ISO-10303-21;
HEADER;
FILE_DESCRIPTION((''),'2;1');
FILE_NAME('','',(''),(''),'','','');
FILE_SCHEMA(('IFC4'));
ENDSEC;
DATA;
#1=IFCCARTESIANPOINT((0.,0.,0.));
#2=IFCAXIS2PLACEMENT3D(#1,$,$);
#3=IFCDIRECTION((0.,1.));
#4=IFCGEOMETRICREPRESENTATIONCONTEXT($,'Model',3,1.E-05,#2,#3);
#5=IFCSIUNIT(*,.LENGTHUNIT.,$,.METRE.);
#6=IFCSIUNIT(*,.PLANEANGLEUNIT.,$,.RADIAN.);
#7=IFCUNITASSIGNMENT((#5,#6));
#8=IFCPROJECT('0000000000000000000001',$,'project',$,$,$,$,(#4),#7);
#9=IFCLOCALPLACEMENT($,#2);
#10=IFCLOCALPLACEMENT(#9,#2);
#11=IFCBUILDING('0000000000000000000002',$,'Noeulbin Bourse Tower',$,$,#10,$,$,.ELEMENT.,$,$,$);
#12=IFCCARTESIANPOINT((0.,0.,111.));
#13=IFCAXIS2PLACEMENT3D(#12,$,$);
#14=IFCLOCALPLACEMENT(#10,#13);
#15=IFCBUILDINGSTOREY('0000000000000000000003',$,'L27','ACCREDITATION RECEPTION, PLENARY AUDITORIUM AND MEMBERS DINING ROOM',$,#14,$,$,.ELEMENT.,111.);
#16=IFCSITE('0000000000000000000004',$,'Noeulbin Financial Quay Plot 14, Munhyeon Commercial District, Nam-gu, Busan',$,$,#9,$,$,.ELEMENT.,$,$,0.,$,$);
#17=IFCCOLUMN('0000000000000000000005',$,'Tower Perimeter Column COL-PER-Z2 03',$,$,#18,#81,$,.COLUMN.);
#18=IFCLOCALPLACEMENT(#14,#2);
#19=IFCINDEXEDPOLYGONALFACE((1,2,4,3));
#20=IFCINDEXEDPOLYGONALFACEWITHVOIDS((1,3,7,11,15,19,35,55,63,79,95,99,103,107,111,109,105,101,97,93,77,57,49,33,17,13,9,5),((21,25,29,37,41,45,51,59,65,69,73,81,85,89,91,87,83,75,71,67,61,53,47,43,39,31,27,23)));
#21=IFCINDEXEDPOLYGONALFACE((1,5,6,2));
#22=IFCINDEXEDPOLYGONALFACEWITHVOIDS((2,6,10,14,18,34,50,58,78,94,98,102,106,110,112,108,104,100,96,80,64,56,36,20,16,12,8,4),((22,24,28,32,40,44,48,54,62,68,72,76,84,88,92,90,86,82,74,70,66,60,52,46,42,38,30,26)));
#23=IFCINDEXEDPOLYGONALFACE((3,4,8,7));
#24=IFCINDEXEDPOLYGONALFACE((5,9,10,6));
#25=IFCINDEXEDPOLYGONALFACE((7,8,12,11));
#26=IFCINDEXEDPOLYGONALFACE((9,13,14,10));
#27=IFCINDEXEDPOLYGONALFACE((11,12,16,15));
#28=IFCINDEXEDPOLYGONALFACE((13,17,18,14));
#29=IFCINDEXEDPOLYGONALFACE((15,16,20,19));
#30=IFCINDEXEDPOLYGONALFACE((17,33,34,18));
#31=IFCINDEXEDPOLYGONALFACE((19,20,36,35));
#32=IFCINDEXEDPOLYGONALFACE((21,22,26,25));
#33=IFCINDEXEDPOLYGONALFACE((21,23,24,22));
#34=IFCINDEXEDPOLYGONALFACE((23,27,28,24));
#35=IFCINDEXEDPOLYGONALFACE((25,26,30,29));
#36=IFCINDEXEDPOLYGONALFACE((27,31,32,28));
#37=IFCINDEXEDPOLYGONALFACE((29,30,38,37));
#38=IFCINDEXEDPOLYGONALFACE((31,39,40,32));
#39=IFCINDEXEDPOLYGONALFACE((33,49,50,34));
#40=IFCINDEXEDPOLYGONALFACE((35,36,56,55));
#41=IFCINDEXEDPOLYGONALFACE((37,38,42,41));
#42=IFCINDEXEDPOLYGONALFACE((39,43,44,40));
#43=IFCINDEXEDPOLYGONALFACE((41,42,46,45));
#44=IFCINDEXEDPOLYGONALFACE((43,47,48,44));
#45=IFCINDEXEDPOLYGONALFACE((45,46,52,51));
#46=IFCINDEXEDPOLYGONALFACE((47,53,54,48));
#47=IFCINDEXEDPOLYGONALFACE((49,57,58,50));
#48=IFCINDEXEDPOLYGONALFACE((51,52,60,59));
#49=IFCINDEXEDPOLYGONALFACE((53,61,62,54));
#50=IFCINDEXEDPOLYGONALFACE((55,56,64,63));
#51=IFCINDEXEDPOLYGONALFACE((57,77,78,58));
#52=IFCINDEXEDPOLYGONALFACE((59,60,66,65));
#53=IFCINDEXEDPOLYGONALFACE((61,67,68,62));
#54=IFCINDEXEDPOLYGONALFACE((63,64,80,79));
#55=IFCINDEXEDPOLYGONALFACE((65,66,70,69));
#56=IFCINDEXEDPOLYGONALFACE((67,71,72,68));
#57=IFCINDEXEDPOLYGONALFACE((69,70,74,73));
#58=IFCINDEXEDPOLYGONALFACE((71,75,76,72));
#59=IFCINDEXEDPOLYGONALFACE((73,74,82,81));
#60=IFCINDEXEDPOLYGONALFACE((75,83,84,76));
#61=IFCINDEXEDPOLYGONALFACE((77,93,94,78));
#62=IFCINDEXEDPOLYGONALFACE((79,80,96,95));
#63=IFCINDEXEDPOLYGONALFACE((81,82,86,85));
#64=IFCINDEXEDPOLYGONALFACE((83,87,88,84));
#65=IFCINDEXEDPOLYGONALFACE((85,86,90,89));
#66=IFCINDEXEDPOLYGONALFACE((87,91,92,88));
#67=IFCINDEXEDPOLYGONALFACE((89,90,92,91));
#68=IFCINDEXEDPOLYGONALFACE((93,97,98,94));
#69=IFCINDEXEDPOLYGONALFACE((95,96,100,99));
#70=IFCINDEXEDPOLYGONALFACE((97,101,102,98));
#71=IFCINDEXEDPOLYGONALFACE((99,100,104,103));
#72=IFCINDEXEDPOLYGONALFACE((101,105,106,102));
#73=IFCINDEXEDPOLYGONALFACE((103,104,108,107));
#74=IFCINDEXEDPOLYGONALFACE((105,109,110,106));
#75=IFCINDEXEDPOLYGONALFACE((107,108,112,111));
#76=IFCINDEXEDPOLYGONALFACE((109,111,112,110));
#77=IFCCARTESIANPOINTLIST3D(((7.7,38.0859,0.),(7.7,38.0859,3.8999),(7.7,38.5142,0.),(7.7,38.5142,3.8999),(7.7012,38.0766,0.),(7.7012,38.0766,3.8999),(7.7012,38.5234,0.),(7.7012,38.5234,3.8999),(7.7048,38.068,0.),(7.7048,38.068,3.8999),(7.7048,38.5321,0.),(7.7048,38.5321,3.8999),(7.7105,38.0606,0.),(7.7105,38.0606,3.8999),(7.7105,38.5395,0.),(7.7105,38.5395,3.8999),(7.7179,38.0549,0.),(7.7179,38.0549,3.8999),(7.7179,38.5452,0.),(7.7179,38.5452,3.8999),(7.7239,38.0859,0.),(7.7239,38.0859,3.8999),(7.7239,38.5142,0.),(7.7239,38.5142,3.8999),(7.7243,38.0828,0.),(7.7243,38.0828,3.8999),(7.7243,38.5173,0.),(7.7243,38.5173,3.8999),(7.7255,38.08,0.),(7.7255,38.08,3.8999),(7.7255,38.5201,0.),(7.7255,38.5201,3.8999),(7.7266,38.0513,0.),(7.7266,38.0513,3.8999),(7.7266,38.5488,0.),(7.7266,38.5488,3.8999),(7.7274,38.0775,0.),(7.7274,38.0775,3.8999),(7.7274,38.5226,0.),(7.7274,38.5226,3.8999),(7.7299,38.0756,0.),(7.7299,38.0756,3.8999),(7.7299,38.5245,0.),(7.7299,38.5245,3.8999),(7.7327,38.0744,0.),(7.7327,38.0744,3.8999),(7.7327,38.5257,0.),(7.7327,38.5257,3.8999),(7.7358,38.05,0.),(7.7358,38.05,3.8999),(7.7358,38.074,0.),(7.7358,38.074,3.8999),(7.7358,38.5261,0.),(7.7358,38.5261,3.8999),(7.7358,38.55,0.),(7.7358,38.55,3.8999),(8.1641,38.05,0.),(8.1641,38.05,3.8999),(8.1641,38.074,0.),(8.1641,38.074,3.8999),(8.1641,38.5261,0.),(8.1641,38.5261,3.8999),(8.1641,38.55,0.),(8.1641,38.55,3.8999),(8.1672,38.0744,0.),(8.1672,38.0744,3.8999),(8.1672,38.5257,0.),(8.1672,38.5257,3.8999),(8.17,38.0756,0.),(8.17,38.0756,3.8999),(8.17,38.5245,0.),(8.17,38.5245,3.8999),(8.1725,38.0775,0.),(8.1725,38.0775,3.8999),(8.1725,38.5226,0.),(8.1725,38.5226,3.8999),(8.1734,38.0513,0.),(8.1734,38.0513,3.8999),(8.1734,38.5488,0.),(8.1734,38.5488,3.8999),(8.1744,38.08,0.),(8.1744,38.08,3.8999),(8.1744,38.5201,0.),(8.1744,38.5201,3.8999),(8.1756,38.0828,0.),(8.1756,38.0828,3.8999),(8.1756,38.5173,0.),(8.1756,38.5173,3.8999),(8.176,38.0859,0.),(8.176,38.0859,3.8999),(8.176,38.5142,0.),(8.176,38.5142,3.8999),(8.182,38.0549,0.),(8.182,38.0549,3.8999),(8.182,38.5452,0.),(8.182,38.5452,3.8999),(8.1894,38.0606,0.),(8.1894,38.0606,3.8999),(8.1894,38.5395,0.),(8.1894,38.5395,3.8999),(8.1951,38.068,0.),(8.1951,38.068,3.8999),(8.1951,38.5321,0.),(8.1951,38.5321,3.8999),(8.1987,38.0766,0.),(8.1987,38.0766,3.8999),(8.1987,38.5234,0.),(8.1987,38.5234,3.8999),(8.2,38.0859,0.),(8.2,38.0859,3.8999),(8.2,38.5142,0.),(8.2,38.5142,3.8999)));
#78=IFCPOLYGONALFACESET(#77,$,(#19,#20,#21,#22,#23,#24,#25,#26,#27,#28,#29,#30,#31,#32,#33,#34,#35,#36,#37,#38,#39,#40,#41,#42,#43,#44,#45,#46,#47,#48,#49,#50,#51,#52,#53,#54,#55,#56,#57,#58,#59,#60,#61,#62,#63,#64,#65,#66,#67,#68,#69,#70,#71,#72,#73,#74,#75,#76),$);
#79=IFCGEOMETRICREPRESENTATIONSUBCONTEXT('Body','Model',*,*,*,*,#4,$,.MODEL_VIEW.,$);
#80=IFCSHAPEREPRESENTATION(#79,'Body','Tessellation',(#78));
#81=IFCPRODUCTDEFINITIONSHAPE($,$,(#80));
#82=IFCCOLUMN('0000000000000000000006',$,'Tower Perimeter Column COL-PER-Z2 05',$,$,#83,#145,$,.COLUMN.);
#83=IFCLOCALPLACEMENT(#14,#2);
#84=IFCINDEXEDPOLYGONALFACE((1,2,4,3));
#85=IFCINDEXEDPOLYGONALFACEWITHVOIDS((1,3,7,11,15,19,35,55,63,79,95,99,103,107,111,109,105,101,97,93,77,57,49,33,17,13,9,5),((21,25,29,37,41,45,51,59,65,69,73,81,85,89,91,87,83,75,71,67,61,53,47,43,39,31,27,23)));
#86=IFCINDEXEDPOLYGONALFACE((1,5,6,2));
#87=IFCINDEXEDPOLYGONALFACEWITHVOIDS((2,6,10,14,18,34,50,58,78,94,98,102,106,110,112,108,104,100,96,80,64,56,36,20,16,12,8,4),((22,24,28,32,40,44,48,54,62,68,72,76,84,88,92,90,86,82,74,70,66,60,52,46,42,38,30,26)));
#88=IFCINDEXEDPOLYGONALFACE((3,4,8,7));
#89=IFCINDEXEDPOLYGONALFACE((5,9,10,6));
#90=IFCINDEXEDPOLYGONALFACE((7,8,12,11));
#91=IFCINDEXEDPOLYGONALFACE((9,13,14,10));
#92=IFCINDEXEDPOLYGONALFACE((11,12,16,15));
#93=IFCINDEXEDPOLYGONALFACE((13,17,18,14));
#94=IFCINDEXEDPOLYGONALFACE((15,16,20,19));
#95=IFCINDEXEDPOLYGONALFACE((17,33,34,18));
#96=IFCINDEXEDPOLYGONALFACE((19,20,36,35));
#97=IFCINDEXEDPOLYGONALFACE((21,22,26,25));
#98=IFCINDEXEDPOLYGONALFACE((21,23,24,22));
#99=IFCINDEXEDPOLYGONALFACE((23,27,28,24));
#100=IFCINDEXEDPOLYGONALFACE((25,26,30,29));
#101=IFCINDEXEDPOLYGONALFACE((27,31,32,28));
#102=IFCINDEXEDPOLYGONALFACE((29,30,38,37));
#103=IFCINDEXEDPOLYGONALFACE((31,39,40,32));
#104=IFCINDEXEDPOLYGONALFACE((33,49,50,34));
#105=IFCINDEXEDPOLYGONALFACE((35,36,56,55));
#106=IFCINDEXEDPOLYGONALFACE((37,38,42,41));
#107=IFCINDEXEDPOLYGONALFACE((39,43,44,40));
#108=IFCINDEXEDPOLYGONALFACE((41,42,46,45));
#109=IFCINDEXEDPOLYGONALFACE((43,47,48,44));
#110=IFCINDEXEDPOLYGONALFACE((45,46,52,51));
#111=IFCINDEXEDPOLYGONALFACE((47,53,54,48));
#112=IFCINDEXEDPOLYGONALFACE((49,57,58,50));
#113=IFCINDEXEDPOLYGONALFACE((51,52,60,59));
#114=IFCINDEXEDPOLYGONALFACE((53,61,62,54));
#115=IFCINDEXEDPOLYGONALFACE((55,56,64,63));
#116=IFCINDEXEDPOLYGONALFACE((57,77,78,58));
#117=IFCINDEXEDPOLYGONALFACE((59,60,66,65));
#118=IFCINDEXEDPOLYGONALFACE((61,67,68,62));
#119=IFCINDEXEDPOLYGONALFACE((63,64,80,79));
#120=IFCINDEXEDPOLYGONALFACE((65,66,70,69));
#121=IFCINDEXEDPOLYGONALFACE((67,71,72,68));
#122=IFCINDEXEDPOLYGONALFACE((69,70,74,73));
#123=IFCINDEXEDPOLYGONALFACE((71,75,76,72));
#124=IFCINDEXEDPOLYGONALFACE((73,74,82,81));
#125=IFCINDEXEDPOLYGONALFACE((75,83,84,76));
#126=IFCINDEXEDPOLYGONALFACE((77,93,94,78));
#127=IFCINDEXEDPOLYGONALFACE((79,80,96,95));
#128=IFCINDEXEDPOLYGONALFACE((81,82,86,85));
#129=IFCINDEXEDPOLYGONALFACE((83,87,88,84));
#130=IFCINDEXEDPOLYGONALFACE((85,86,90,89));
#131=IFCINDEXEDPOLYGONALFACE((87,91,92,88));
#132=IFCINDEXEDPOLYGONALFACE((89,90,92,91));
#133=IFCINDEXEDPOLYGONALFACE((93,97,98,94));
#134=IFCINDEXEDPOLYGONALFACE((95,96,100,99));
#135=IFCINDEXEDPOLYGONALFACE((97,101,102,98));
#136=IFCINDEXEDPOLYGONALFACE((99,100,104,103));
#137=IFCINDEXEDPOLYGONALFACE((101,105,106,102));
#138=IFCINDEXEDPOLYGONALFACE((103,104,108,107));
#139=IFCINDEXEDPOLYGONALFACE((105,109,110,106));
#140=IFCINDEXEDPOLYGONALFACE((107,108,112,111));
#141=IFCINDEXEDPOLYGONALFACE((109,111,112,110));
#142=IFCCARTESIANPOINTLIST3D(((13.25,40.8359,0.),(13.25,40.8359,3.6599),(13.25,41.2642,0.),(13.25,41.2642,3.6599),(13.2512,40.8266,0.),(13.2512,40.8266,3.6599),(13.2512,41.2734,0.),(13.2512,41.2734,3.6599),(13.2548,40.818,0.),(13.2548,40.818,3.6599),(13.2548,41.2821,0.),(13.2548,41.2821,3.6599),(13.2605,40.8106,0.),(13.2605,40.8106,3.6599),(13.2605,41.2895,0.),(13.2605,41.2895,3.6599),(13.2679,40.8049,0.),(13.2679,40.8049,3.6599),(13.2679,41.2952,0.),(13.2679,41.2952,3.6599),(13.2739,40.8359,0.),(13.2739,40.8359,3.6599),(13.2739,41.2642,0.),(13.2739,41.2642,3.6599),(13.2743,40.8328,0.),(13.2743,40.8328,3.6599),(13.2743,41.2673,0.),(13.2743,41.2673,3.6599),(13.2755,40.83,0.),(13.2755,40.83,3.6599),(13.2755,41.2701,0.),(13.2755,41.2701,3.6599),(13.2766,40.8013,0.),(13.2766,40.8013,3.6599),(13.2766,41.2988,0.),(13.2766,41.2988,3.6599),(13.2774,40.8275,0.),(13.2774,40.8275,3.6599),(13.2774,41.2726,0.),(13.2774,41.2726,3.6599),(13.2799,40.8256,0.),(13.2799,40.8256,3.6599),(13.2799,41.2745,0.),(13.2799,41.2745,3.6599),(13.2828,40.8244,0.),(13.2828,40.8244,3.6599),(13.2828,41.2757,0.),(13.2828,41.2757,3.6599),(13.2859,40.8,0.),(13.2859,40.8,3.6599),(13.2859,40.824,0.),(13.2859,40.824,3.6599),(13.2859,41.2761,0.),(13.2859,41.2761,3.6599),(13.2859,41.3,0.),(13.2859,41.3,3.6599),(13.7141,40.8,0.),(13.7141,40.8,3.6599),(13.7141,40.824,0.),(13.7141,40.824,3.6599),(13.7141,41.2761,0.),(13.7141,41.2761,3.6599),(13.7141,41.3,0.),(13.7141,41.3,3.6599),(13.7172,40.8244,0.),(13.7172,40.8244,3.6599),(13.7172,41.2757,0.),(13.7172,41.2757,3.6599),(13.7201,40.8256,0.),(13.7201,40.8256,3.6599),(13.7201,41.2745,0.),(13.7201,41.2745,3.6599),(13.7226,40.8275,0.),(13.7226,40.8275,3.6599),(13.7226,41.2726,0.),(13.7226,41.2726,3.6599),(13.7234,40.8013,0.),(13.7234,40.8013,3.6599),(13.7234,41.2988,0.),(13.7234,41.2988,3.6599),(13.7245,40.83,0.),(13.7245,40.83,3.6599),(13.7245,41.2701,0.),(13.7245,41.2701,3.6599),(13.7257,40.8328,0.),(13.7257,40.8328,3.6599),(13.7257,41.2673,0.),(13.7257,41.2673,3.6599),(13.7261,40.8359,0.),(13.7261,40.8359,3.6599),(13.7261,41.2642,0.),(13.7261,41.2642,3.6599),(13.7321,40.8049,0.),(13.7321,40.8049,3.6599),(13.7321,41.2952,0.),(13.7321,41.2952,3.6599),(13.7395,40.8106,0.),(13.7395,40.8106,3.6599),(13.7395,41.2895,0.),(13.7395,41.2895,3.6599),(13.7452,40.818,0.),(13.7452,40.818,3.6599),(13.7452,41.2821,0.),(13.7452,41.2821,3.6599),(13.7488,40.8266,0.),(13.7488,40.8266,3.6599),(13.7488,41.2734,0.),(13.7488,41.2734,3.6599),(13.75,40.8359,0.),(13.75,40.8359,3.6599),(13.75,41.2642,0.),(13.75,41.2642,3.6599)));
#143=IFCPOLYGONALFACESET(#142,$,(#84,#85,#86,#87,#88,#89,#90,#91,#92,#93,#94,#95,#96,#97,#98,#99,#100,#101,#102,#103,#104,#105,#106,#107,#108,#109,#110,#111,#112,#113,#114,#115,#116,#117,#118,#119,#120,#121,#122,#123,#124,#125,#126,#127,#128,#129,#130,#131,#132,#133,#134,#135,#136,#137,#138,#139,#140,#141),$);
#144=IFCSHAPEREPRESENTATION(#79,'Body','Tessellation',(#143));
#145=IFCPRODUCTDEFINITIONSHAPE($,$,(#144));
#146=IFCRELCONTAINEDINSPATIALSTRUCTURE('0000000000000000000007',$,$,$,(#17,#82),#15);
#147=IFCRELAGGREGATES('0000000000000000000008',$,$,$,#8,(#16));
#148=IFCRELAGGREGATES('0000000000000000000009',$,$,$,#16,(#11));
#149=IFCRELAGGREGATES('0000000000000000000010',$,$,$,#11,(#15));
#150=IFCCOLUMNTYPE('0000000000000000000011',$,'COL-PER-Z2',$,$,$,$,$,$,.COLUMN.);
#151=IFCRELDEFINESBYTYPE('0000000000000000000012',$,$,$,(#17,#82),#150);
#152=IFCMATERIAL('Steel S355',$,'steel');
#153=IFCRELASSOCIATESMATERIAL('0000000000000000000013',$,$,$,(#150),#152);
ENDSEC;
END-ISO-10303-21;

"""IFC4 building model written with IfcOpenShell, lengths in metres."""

from ifc_helpers import new_model, si_unit, direction, frame, origin, origin_2d, place, context, subcontext, project, spatial, hollow_rectangle, extrude, material, material_profile, profile_set, type_object, element, save


model = new_model("IFC4")

# Units and contexts
model_context = context("Model", 3, precision=1e-05, world=origin(), true_north=direction((0.0, 1.0)))
body_context = subcontext(model_context, "Body", "Model", "MODEL_VIEW")
ifc_project = project(units=[si_unit("LENGTHUNIT", "METRE"), si_unit("PLANEANGLEUNIT", "RADIAN")], contexts=[model_context])

# Site, building, storey
site_placement = place(None, origin())
site = spatial("IfcSite", under=ifc_project, at=site_placement, Name="Noeulbin Financial Quay Plot 14, Munhyeon Commercial District, Nam-gu, Busan", CompositionType="ELEMENT", RefElevation=0.0)
building_placement = place(site_placement, origin())
building = spatial("IfcBuilding", under=site, at=building_placement, Name="Noeulbin Bourse Tower", CompositionType="ELEMENT")
storey_placement = place(building_placement, frame((0.0, 0.0, 111.0)))
storey = spatial("IfcBuildingStorey", under=building, at=storey_placement, Name="L27", Description="ACCREDITATION RECEPTION, PLENARY AUDITORIUM AND MEMBERS DINING ROOM", CompositionType="ELEMENT", Elevation=111.0)

# Columns
ifc_material_1 = material(Name="Steel S355", Category="steel")
ifc_material_profile_1 = material_profile(ifc_material_1, hollow_rectangle(XDim=0.5, YDim=0.5, WallThickness=0.0239, InnerFilletRadius=0.012, OuterFilletRadius=0.0359, at=origin_2d()), Name="BOX-500x500x24", Category="LoadBearing")
ifc_profile_set_1 = profile_set([ifc_material_profile_1], Name="Steel S355")
column_type_1 = type_object("IfcColumnType", Name="COL-PER-Z2", PredefinedType="COLUMN", material=ifc_profile_set_1)
column_1_placement = place(storey_placement, frame((7.95, 38.3, 0.0), z_axis=(0.0, 0.0, 1.0), x_axis=(1.0, 0.0, 0.0)))
element("IfcColumn", 1, at=column_1_placement, inside=storey, type_object=column_type_1, Name="Tower Perimeter Column COL-PER-Z2 03", PredefinedType="COLUMN", context=body_context, shape_type="SweptSolid", body=[
    extrude(hollow_rectangle(XDim=0.5, YDim=0.5, WallThickness=0.0239, InnerFilletRadius=0.012, OuterFilletRadius=0.0359, at=origin_2d()), origin(), (0.0, 0.0, 1.0), 3.8999),
])
column_2_placement = place(storey_placement, frame((13.5, 41.05, 0.0), z_axis=(0.0, 0.0, 1.0), x_axis=(1.0, 0.0, 0.0)))
element("IfcColumn", 2, at=column_2_placement, inside=storey, type_object=column_type_1, Name="Tower Perimeter Column COL-PER-Z2 05", PredefinedType="COLUMN", context=body_context, shape_type="SweptSolid", body=[
    extrude(hollow_rectangle(XDim=0.5, YDim=0.5, WallThickness=0.0239, InnerFilletRadius=0.012, OuterFilletRadius=0.0359, at=origin_2d()), origin(), (0.0, 0.0, 1.0), 3.6599),
])

save(model, "model.ifc")
